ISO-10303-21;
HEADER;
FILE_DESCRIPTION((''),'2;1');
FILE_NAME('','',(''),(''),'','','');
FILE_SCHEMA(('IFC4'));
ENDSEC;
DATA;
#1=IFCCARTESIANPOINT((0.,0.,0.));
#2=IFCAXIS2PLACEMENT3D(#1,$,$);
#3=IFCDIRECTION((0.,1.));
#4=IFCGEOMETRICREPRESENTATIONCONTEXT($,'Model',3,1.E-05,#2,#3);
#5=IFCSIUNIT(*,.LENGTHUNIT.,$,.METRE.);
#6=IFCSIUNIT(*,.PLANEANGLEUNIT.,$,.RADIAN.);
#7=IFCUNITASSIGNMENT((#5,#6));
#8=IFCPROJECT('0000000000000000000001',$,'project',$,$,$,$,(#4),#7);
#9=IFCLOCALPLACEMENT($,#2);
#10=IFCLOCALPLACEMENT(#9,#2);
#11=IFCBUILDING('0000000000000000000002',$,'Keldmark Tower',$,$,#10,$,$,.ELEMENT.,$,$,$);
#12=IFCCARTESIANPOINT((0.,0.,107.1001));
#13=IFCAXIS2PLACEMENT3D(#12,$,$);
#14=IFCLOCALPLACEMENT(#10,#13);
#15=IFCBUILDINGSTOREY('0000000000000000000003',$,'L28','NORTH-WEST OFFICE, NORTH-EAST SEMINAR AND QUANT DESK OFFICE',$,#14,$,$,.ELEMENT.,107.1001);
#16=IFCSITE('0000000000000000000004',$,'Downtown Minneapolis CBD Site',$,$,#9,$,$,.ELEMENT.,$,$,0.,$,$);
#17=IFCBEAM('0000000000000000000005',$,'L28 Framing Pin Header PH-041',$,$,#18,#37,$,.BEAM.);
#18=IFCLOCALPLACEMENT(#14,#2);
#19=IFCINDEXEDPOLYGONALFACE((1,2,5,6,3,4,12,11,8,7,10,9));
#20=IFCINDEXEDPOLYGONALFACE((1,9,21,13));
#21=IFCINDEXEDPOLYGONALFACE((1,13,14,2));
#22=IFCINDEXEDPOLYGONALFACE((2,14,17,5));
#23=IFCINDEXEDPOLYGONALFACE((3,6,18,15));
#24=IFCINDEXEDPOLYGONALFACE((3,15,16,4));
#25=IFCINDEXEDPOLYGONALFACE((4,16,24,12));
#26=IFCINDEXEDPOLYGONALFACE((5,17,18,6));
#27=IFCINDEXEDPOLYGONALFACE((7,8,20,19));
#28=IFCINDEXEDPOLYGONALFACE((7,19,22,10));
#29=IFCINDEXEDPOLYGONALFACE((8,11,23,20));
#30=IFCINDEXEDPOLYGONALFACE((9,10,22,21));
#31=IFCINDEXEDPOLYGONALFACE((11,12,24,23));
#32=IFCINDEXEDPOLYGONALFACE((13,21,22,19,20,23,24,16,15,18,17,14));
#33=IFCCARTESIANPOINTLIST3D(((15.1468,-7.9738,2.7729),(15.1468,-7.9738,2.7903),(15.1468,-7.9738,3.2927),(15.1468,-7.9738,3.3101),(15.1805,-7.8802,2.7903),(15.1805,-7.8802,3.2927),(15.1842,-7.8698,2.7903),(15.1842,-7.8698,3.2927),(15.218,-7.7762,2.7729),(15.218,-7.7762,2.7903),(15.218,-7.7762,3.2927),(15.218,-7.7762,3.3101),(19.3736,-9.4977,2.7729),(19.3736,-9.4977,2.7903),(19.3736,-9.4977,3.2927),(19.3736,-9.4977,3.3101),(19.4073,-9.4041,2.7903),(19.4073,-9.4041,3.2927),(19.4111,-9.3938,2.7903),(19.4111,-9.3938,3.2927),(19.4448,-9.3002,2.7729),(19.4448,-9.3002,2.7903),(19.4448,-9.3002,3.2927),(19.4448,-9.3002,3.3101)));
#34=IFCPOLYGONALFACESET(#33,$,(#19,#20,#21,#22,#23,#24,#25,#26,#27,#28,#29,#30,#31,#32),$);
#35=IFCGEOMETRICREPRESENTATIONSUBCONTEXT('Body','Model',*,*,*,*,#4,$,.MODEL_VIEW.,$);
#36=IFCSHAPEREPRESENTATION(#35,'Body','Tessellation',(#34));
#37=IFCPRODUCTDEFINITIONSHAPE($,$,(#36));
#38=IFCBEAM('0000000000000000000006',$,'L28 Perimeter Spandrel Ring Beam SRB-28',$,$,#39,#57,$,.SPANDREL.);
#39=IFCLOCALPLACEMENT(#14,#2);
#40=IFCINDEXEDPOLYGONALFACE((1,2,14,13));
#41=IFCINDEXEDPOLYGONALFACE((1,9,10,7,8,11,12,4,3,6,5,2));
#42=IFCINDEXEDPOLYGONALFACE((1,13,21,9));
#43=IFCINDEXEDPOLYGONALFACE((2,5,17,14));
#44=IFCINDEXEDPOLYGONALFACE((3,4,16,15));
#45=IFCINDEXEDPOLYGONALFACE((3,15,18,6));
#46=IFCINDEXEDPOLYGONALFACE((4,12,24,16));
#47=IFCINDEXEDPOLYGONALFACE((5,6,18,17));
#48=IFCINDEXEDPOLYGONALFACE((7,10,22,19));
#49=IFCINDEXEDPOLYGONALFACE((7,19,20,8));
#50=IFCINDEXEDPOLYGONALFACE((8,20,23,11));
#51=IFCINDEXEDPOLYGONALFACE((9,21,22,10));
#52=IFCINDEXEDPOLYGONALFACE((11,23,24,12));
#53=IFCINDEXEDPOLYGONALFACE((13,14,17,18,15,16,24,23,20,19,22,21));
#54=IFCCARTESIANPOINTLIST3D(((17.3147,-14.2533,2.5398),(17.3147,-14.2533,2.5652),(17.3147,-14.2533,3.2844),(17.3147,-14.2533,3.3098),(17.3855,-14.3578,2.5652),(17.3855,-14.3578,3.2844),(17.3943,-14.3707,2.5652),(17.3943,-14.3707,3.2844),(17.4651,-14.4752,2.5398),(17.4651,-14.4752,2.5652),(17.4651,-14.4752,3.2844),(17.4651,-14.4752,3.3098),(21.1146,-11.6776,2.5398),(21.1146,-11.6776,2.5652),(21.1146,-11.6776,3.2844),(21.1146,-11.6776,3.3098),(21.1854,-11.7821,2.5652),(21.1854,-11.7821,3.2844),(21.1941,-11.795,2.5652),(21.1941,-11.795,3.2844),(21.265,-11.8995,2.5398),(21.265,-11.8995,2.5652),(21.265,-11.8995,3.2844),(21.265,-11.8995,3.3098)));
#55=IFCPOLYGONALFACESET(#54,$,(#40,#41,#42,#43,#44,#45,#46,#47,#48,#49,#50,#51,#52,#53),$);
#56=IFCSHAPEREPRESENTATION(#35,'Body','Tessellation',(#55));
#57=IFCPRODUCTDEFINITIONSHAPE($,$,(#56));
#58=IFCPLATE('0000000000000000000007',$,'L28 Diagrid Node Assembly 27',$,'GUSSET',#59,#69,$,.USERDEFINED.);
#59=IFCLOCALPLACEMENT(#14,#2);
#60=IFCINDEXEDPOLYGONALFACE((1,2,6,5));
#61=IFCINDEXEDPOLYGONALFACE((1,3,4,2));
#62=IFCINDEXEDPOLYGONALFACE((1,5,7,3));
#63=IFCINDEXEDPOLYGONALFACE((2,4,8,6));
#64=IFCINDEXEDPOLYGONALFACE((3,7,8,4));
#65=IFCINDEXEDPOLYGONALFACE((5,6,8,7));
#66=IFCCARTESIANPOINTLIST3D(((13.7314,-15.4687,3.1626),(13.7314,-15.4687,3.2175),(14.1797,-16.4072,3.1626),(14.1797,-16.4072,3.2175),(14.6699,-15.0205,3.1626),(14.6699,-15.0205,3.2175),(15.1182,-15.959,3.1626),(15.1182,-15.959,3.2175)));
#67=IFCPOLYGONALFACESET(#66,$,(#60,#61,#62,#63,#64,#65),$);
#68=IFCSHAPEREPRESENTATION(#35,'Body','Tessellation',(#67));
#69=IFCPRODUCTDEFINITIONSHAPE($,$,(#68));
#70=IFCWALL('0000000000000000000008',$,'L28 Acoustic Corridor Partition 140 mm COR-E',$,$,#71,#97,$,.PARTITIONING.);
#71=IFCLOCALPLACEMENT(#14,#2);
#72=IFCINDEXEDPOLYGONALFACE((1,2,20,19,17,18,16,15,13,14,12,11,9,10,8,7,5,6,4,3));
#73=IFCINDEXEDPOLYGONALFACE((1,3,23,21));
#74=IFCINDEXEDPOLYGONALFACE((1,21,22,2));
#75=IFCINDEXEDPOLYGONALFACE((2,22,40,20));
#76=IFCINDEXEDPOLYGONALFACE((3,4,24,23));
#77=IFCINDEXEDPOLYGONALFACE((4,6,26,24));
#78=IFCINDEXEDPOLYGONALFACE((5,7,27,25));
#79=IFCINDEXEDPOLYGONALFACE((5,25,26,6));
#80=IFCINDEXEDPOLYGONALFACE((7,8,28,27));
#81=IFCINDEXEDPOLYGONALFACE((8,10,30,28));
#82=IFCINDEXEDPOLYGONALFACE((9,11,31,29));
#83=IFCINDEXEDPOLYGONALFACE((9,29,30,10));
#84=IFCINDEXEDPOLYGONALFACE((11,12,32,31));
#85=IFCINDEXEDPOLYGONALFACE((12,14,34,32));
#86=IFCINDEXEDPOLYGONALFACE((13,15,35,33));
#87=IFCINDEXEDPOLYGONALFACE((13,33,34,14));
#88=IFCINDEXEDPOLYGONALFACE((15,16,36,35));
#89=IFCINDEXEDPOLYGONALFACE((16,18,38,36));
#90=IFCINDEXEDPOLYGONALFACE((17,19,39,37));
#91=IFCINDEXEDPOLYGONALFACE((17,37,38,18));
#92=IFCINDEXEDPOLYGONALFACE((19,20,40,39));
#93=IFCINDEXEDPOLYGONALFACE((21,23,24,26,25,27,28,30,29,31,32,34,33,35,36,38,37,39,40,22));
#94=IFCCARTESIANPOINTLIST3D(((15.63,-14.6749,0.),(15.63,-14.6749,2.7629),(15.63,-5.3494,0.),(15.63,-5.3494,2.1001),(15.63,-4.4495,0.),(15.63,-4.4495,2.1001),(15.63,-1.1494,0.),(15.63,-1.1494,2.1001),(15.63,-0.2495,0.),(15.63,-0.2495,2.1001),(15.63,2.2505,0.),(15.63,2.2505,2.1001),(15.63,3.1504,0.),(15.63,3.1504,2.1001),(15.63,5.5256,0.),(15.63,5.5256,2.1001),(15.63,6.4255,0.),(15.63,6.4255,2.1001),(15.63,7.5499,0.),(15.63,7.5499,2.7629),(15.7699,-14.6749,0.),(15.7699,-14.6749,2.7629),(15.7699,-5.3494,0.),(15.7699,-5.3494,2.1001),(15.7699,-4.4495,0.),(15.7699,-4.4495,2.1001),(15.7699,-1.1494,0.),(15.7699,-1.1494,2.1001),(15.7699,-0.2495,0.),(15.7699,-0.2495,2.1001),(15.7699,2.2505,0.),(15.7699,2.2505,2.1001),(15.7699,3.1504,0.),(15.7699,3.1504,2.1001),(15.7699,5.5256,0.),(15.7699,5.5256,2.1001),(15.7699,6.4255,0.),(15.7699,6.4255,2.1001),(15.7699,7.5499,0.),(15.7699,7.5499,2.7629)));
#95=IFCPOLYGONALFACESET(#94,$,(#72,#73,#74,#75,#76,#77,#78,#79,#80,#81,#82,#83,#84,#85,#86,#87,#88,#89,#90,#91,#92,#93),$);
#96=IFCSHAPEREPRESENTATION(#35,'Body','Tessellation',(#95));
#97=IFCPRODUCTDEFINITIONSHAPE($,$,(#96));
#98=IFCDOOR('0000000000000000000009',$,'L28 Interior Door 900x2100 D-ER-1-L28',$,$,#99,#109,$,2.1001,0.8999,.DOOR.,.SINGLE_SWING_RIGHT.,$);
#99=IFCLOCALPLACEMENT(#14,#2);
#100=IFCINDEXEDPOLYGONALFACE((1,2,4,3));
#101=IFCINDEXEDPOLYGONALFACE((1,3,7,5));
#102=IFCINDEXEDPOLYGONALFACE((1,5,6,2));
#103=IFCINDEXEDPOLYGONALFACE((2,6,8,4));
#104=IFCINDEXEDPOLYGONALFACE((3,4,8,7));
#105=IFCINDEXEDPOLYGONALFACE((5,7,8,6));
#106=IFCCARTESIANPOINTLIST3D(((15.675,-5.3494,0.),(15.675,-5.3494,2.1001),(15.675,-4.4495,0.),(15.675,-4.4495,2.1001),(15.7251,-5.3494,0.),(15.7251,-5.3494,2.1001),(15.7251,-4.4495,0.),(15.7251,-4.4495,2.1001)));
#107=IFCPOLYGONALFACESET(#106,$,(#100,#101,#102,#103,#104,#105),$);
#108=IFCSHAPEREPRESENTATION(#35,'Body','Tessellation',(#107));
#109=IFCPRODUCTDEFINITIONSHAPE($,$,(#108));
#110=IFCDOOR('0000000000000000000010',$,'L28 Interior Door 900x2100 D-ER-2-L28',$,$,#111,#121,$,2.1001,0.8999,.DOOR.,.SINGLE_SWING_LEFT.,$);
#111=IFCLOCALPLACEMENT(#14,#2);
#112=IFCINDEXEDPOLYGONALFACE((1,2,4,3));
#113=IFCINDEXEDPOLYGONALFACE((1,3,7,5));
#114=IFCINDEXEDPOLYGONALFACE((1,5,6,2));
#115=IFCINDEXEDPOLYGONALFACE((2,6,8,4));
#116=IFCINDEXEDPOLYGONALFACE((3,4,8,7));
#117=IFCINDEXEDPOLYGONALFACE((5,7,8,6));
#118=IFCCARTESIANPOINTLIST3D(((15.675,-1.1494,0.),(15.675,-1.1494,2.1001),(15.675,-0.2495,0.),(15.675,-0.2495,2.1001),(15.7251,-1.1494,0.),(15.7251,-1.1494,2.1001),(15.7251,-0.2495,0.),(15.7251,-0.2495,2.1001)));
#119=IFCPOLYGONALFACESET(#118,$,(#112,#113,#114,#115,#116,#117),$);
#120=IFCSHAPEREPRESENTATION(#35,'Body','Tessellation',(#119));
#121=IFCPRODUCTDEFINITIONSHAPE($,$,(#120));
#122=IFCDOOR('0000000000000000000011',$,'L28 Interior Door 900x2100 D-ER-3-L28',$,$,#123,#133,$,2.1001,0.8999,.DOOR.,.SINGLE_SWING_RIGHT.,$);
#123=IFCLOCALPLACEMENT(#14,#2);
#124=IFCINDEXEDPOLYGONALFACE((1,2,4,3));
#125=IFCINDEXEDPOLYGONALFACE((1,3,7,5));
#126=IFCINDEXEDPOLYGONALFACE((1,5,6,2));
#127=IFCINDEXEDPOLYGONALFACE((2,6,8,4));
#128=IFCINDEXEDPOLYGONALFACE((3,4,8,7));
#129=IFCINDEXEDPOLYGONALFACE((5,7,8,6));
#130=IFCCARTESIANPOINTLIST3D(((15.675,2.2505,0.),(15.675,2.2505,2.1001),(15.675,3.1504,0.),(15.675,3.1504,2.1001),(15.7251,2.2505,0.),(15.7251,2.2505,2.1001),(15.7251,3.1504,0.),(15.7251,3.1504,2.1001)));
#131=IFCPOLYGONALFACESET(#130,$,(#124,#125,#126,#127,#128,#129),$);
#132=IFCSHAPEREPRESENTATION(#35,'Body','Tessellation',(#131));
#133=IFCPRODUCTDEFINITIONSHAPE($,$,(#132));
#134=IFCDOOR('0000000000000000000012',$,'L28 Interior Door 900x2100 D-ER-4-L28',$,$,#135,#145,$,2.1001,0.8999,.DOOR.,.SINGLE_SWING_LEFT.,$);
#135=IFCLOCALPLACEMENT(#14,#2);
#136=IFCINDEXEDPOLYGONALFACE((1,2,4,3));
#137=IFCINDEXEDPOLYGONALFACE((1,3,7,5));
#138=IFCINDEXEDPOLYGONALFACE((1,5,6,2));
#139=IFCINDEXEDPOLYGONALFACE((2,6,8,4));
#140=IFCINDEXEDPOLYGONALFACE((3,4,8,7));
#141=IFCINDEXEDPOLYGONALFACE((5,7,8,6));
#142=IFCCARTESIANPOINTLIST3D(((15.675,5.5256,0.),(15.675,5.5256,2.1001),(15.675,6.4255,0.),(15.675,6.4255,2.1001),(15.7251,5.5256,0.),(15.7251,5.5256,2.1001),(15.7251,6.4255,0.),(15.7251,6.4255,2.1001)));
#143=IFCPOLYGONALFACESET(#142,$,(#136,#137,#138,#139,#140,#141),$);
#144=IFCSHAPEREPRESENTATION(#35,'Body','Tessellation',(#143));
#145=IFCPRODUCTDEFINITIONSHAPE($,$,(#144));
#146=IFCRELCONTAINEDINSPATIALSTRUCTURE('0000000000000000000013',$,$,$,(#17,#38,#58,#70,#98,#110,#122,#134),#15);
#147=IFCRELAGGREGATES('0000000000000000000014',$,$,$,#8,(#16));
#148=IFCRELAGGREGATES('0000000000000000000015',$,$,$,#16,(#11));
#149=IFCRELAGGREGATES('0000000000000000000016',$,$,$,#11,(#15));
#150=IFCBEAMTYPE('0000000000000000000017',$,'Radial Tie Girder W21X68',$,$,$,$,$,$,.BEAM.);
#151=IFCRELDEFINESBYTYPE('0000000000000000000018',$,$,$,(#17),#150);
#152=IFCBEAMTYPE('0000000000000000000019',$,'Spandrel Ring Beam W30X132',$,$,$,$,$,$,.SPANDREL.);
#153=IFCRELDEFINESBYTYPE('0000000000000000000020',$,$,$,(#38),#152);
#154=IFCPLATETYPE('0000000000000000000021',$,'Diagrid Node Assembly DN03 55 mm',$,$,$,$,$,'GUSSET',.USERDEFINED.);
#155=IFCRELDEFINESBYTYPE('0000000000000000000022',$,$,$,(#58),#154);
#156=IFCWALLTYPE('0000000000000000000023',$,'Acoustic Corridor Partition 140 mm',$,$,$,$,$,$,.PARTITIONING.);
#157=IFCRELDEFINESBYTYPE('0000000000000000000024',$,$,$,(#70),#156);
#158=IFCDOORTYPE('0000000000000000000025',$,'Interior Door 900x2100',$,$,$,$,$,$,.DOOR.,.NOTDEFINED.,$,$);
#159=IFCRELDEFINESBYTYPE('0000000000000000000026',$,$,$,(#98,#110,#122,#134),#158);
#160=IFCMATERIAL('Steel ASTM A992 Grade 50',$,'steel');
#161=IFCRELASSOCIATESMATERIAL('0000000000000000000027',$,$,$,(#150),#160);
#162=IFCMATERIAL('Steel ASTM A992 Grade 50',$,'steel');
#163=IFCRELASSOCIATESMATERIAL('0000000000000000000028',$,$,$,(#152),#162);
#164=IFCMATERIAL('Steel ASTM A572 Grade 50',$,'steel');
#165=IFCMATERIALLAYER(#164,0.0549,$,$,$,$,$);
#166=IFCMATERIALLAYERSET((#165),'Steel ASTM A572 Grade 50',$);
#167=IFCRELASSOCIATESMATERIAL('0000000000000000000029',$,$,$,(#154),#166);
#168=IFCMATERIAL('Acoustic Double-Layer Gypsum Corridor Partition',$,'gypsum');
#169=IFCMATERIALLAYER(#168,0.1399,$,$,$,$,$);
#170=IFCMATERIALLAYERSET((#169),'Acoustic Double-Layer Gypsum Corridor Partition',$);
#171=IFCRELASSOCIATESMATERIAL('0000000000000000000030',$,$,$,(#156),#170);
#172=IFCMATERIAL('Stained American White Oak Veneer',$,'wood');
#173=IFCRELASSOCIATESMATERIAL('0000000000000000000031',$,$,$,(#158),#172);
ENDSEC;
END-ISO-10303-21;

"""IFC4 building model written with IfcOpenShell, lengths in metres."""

from ifc_helpers import new_model, si_unit, direction, frame, frame_2d, origin, origin_2d, place, context, subcontext, project, spatial, rectangle, i_section, extrude, material, layer, layer_set, material_profile, profile_set, type_object, element, fill, save


model = new_model("IFC4")

# Units and contexts
model_context = context("Model", 3, precision=1e-05, world=origin(), true_north=direction((0.0, 1.0)))
body_context = subcontext(model_context, "Body", "Model", "MODEL_VIEW")
ifc_project = project(units=[si_unit("LENGTHUNIT", "METRE"), si_unit("PLANEANGLEUNIT", "RADIAN")], contexts=[model_context])

# Site, building, storey
site_placement = place(None, origin())
site = spatial("IfcSite", under=ifc_project, at=site_placement, Name="Downtown Minneapolis CBD Site", CompositionType="ELEMENT", RefElevation=0.0)
building_placement = place(site_placement, origin())
building = spatial("IfcBuilding", under=site, at=building_placement, Name="Keldmark Tower", CompositionType="ELEMENT")
storey_placement = place(building_placement, frame((0.0, 0.0, 107.1001)))
storey = spatial("IfcBuildingStorey", under=building, at=storey_placement, Name="L28", Description="NORTH-WEST OFFICE, NORTH-EAST SEMINAR AND QUANT DESK OFFICE", CompositionType="ELEMENT", Elevation=107.1001)

# Beams
ifc_material_1 = material(Name="Steel ASTM A992 Grade 50", Category="steel")
ifc_material_profile_1 = material_profile(ifc_material_1, i_section(OverallWidth=0.21, OverallDepth=0.5371, WebThickness=0.011, FlangeThickness=0.0173, at=origin_2d()), Name="W21X68")
ifc_profile_set_1 = profile_set([ifc_material_profile_1], Name="Steel ASTM A992 Grade 50")
beam_type_1 = type_object("IfcBeamType", Name="Radial Tie Girder W21X68", PredefinedType="BEAM", material=ifc_profile_set_1)
beam_1_placement = place(storey_placement, frame((15.1824, -7.875, 3.0415), z_axis=(0.940726, -0.339168, 0.0), x_axis=(0.339168, 0.940726, 0.0)))
element("IfcBeam", 1, at=beam_1_placement, inside=storey, type_object=beam_type_1, Name="L28 Framing Pin Header PH-041", PredefinedType="BEAM", context=body_context, shape_type="SweptSolid", body=[
    extrude(i_section(OverallWidth=0.21, OverallDepth=0.5371, WebThickness=0.011, FlangeThickness=0.0173, at=origin_2d()), origin(), (0.0, 0.0, 1.0), 4.4932),
])
ifc_material_2 = material(Name="Steel ASTM A992 Grade 50", Category="steel")
ifc_material_profile_2 = material_profile(ifc_material_2, i_section(OverallWidth=0.2681, OverallDepth=0.77, WebThickness=0.0156, FlangeThickness=0.0254, at=origin_2d()), Name="W30X132")
ifc_profile_set_2 = profile_set([ifc_material_profile_2], Name="Steel ASTM A992 Grade 50")
beam_type_2 = type_object("IfcBeamType", Name="Spandrel Ring Beam W30X132", PredefinedType="SPANDREL", material=ifc_profile_set_2)
beam_2_placement = place(storey_placement, frame((17.3899, -14.3643, 2.9248), z_axis=(0.827755, 0.56109, 0.0), x_axis=(-0.56109, 0.827755, 0.0)))
element("IfcBeam", 2, at=beam_2_placement, inside=storey, type_object=beam_type_2, Name="L28 Perimeter Spandrel Ring Beam SRB-28", PredefinedType="SPANDREL", context=body_context, shape_type="SweptSolid", body=[
    extrude(i_section(OverallWidth=0.2681, OverallDepth=0.77, WebThickness=0.0156, FlangeThickness=0.0254, at=origin_2d()), origin(), (0.0, 0.0, 1.0), 4.5906),
])

# Plate
ifc_material_3 = material(Name="Steel ASTM A572 Grade 50", Category="steel")
ifc_layer_1 = layer(ifc_material_3, 0.0549)
ifc_layer_set_1 = layer_set([ifc_layer_1], Name="Steel ASTM A572 Grade 50")
plate_type = type_object("IfcPlateType", Name="Diagrid Node Assembly DN03 55 mm", ElementType="GUSSET", PredefinedType="USERDEFINED", material=ifc_layer_set_1)
plate_placement = place(storey_placement, frame((14.4248, -15.7139, 3.1626), z_axis=(0.0, 0.0, 1.0), x_axis=(0.90236, 0.430984, 0.0)))
element("IfcPlate", 3, at=plate_placement, inside=storey, type_object=plate_type, Name="L28 Diagrid Node Assembly 27", ObjectType="GUSSET", PredefinedType="USERDEFINED", context=body_context, shape_type="SweptSolid", body=[
    extrude(rectangle(XDim=1.04, YDim=1.04, at=origin_2d()), origin(), (0.0, 0.0, 1.0), 0.0549),
])

# Wall, openings, doors
ifc_material_4 = material(Name="Acoustic Double-Layer Gypsum Corridor Partition", Category="gypsum")
ifc_layer_2 = layer(ifc_material_4, 0.1399)
ifc_layer_set_2 = layer_set([ifc_layer_2], Name="Acoustic Double-Layer Gypsum Corridor Partition")
wall_type_1 = type_object("IfcWallType", Name="Acoustic Corridor Partition 140 mm", PredefinedType="PARTITIONING", material=ifc_layer_set_2)
wall_1_placement = place(storey_placement, frame((15.7, -14.6748, 0.0), z_axis=(0.0, 0.0, 1.0), x_axis=(0.0, 1.0, 0.0)))
wall_1 = element("IfcWall", 4, at=wall_1_placement, inside=storey, type_object=wall_type_1, Name="L28 Acoustic Corridor Partition 140 mm COR-E", PredefinedType="PARTITIONING", context=body_context, shape_type="SweptSolid", body=[
    extrude(rectangle(XDim=22.2249, YDim=0.1399, at=frame_2d((11.1123, 0.0))), origin(), (0.0, 0.0, 1.0), 2.7629),
])
opening_1_placement = place(wall_1_placement, frame((9.3254, 0.0, 0.0)))
opening_1 = element("IfcOpeningElement", 5, at=opening_1_placement, cuts=wall_1, PredefinedType="OPENING", context=body_context, shape_type="SweptSolid", body=[
    extrude(rectangle(XDim=0.8999, YDim=2.1001, at=frame_2d((0.45, 1.05))), frame((0.0, 0.0798, 0.0), z_axis=(0.0, -1.0, 0.0), x_axis=(1.0, 0.0, 0.0)), (0.0, 0.0, 1.0), 0.1599),
])
opening_2_placement = place(wall_1_placement, frame((13.5254, 0.0, 0.0)))
opening_2 = element("IfcOpeningElement", 6, at=opening_2_placement, cuts=wall_1, PredefinedType="OPENING", context=body_context, shape_type="SweptSolid", body=[
    extrude(rectangle(XDim=0.8999, YDim=2.1001, at=frame_2d((0.45, 1.05))), frame((0.0, 0.0798, 0.0), z_axis=(0.0, -1.0, 0.0), x_axis=(1.0, 0.0, 0.0)), (0.0, 0.0, 1.0), 0.1599),
])
opening_3_placement = place(wall_1_placement, frame((16.9253, 0.0, 0.0)))
opening_3 = element("IfcOpeningElement", 7, at=opening_3_placement, cuts=wall_1, PredefinedType="OPENING", context=body_context, shape_type="SweptSolid", body=[
    extrude(rectangle(XDim=0.8999, YDim=2.1001, at=frame_2d((0.45, 1.05))), frame((0.0, 0.0798, 0.0), z_axis=(0.0, -1.0, 0.0), x_axis=(1.0, 0.0, 0.0)), (0.0, 0.0, 1.0), 0.1599),
])
opening_4_placement = place(wall_1_placement, frame((20.2004, 0.0, 0.0)))
opening_4 = element("IfcOpeningElement", 8, at=opening_4_placement, cuts=wall_1, PredefinedType="OPENING", context=body_context, shape_type="SweptSolid", body=[
    extrude(rectangle(XDim=0.8999, YDim=2.1001, at=frame_2d((0.45, 1.05))), frame((0.0, 0.0798, 0.0), z_axis=(0.0, -1.0, 0.0), x_axis=(1.0, 0.0, 0.0)), (0.0, 0.0, 1.0), 0.1599),
])
ifc_material_5 = material(Name="Stained American White Oak Veneer", Category="wood")
door_type = type_object("IfcDoorType", Name="Interior Door 900x2100", OperationType="NOTDEFINED", PredefinedType="DOOR", material=ifc_material_5)
door_1_placement = place(opening_1_placement, origin())
door_1 = element("IfcDoor", 9, at=door_1_placement, inside=storey, type_object=door_type, Name="L28 Interior Door 900x2100 D-ER-1-L28", OperationType="SINGLE_SWING_RIGHT", OverallHeight=2.1001, OverallWidth=0.8999, PredefinedType="DOOR", context=body_context, shape_type="SweptSolid", body=[
    extrude(rectangle(XDim=0.8999, YDim=2.1001, at=frame_2d((0.45, 1.05))), frame((0.0, 0.0249, 0.0), z_axis=(0.0, -1.0, 0.0), x_axis=(1.0, 0.0, 0.0)), (0.0, 0.0, 1.0), 0.05),
])
fill(opening_1, door_1)
door_2_placement = place(opening_2_placement, origin())
door_2 = element("IfcDoor", 10, at=door_2_placement, inside=storey, type_object=door_type, Name="L28 Interior Door 900x2100 D-ER-2-L28", OperationType="SINGLE_SWING_LEFT", OverallHeight=2.1001, OverallWidth=0.8999, PredefinedType="DOOR", context=body_context, shape_type="SweptSolid", body=[
    extrude(rectangle(XDim=0.8999, YDim=2.1001, at=frame_2d((0.45, 1.05))), frame((0.0, 0.0249, 0.0), z_axis=(0.0, -1.0, 0.0), x_axis=(1.0, 0.0, 0.0)), (0.0, 0.0, 1.0), 0.05),
])
fill(opening_2, door_2)
door_3_placement = place(opening_3_placement, origin())
door_3 = element("IfcDoor", 11, at=door_3_placement, inside=storey, type_object=door_type, Name="L28 Interior Door 900x2100 D-ER-3-L28", OperationType="SINGLE_SWING_RIGHT", OverallHeight=2.1001, OverallWidth=0.8999, PredefinedType="DOOR", context=body_context, shape_type="SweptSolid", body=[
    extrude(rectangle(XDim=0.8999, YDim=2.1001, at=frame_2d((0.45, 1.05))), frame((0.0, 0.0249, 0.0), z_axis=(0.0, -1.0, 0.0), x_axis=(1.0, 0.0, 0.0)), (0.0, 0.0, 1.0), 0.05),
])
fill(opening_3, door_3)
door_4_placement = place(opening_4_placement, origin())
door_4 = element("IfcDoor", 12, at=door_4_placement, inside=storey, type_object=door_type, Name="L28 Interior Door 900x2100 D-ER-4-L28", OperationType="SINGLE_SWING_LEFT", OverallHeight=2.1001, OverallWidth=0.8999, PredefinedType="DOOR", context=body_context, shape_type="SweptSolid", body=[
    extrude(rectangle(XDim=0.8999, YDim=2.1001, at=frame_2d((0.45, 1.05))), frame((0.0, 0.0249, 0.0), z_axis=(0.0, -1.0, 0.0), x_axis=(1.0, 0.0, 0.0)), (0.0, 0.0, 1.0), 0.05),
])
fill(opening_4, door_4)

save(model, "model.ifc")
